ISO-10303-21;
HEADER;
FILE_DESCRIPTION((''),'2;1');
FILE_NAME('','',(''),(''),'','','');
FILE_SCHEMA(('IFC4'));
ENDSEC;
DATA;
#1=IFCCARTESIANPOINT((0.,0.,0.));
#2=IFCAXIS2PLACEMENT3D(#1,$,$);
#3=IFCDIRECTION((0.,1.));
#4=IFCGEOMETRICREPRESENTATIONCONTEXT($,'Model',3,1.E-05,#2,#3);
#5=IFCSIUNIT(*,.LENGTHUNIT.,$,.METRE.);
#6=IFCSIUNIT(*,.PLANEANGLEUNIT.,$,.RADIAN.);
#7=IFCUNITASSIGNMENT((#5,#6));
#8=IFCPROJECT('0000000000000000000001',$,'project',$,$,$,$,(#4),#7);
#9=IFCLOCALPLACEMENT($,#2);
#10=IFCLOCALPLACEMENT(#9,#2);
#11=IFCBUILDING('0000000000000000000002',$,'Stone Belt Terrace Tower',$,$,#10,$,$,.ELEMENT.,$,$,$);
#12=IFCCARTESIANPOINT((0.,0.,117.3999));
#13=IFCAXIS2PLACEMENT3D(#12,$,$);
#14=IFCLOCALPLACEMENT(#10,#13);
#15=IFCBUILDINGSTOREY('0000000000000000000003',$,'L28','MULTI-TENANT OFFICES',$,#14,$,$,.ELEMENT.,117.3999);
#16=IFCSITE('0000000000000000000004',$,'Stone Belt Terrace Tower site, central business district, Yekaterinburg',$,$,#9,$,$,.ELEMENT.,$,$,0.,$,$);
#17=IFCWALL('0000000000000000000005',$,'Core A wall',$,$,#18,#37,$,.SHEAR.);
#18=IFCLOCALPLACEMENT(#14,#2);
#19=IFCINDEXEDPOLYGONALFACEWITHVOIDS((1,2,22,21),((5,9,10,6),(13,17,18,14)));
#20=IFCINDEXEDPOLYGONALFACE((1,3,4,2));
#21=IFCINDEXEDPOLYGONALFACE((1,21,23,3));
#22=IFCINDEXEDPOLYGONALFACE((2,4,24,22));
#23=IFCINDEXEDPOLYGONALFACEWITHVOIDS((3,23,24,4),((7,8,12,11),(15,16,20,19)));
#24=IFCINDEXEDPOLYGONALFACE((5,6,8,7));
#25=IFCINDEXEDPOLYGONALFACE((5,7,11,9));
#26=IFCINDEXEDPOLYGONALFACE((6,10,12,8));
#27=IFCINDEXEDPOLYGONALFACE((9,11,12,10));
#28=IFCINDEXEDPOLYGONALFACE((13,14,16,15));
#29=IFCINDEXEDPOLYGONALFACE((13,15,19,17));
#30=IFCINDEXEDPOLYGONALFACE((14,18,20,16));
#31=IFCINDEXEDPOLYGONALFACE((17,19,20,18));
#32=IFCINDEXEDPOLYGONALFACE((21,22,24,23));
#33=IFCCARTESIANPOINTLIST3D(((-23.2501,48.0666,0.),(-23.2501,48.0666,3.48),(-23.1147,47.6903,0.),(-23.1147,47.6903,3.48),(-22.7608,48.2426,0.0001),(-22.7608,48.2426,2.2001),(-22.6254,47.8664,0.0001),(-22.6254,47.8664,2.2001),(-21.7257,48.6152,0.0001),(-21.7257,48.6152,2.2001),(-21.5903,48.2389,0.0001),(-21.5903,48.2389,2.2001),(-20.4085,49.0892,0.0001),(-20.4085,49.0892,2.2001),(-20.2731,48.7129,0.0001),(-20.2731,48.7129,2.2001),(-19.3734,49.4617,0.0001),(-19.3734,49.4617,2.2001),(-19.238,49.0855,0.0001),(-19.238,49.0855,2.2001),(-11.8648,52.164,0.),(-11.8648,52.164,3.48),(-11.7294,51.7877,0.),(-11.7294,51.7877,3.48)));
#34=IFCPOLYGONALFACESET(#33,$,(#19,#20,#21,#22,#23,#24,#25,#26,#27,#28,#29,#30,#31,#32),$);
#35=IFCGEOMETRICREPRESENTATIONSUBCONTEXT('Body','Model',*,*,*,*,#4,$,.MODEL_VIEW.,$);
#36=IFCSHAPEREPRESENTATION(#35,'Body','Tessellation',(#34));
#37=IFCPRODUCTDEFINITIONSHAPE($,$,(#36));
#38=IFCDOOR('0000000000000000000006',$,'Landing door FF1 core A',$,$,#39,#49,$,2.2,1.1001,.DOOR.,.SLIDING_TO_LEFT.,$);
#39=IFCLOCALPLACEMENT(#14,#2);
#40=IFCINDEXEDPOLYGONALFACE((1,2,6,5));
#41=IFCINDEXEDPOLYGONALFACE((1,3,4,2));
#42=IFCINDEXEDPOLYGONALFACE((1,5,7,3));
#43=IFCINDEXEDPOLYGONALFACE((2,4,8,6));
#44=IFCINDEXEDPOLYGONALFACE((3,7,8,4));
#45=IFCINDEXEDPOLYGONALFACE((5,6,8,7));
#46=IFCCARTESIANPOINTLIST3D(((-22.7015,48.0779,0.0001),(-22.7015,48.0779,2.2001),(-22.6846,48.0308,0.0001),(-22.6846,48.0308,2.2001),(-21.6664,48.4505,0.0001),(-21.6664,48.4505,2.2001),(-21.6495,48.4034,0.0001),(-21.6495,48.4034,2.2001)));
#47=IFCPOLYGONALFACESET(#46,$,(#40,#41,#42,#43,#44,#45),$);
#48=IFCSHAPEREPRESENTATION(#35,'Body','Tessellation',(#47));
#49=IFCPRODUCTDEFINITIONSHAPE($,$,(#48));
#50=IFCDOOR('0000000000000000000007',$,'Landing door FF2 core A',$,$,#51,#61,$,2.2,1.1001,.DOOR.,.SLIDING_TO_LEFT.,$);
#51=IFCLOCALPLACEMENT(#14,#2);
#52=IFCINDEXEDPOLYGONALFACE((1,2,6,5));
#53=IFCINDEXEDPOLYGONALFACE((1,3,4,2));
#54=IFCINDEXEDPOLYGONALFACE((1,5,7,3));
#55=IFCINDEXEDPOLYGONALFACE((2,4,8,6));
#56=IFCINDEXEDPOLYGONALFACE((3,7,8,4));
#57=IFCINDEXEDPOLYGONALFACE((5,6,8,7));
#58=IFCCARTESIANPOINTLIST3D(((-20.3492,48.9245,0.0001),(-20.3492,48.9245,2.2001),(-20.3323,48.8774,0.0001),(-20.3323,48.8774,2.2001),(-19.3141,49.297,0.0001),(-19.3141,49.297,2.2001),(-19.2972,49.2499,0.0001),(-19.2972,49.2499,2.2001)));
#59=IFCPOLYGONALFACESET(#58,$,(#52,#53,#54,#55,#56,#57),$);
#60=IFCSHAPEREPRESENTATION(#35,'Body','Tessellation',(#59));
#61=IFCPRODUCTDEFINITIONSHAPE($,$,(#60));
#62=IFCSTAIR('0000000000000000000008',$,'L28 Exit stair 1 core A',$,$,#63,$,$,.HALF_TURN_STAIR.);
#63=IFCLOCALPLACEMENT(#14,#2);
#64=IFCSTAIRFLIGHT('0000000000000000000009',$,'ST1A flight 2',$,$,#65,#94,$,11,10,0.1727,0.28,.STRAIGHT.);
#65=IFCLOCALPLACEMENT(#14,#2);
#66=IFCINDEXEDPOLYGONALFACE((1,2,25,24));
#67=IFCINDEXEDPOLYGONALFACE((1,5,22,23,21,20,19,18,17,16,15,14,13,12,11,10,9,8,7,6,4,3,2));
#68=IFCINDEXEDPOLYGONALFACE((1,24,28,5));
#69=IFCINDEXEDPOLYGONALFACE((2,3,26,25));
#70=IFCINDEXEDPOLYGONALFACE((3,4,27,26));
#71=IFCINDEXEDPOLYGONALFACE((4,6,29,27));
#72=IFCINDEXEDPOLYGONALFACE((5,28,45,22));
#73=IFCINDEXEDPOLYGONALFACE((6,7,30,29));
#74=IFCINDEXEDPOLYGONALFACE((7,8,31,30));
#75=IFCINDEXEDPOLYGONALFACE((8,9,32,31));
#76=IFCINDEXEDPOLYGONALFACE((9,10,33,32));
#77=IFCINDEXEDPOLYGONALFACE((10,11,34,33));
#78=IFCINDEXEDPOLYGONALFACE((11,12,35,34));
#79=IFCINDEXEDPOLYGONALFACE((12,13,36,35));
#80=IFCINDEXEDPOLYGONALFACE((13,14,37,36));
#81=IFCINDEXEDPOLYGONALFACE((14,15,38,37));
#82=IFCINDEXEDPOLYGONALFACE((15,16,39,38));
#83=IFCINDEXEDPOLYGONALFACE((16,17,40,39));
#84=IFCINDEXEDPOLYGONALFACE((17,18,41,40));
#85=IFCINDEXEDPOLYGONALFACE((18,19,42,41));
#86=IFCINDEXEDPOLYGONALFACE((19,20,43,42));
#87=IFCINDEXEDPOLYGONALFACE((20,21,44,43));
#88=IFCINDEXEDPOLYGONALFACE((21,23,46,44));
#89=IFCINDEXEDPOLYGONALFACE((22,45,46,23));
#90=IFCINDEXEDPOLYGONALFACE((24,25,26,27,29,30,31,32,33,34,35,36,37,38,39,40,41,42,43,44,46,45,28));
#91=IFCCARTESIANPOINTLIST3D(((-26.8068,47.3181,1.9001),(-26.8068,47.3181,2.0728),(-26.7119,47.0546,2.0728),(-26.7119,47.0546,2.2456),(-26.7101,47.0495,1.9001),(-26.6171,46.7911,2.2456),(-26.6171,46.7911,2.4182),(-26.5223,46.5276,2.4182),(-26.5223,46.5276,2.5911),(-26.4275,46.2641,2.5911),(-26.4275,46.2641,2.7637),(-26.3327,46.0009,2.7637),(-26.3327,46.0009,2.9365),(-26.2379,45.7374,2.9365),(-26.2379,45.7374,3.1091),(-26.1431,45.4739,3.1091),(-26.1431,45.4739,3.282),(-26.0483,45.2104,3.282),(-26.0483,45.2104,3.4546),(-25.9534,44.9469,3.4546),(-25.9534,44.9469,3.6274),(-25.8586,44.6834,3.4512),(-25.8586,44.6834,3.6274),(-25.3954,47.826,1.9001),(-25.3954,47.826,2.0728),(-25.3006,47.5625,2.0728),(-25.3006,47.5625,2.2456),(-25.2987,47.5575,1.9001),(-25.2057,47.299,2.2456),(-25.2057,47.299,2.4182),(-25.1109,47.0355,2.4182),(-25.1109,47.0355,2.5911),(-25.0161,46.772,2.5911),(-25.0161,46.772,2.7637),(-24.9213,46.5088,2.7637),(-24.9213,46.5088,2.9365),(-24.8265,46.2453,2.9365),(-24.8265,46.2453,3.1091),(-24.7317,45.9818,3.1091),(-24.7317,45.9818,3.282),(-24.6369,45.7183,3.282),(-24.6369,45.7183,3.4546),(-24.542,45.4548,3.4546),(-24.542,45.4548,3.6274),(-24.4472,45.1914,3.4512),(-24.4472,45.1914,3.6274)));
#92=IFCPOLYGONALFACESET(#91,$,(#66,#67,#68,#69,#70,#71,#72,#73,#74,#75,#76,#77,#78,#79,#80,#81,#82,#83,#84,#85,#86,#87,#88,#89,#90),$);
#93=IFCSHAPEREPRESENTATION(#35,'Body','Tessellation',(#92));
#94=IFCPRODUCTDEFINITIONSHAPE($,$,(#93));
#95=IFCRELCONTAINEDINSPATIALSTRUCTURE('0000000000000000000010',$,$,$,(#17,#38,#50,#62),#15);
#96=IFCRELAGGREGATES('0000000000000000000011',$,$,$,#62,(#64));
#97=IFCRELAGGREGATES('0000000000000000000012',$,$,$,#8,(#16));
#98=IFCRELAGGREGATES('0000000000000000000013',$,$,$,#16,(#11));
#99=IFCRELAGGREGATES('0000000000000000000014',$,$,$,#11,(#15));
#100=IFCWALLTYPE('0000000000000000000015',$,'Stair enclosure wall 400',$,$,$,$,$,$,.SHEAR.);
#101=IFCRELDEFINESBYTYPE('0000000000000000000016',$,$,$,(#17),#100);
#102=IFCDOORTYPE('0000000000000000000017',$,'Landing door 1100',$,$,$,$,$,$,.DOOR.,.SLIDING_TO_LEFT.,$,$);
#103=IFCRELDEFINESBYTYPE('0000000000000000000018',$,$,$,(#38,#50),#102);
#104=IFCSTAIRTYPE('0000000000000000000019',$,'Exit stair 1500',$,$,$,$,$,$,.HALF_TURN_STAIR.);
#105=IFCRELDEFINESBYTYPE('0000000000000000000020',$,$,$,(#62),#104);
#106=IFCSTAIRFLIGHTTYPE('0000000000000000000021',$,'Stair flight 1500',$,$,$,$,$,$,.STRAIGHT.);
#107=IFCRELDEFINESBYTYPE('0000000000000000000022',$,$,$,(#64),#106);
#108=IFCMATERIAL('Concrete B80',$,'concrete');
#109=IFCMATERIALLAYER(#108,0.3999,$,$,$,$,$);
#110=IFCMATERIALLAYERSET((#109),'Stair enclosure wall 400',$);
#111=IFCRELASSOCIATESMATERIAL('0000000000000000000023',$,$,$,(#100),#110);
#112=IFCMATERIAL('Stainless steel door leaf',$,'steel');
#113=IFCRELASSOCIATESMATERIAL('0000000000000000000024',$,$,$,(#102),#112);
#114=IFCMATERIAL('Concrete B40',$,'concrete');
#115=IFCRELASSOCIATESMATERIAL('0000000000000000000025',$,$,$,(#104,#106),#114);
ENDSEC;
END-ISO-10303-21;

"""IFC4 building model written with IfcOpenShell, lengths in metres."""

from ifc_helpers import new_model, si_unit, direction, frame, frame_2d, origin, place, context, subcontext, project, spatial, polyline, rectangle, outline, extrude, material, layer, layer_set, type_object, element, fill, aggregate, save


model = new_model("IFC4")

# Units and contexts
model_context = context("Model", 3, precision=1e-05, world=origin(), true_north=direction((0.0, 1.0)))
body_context = subcontext(model_context, "Body", "Model", "MODEL_VIEW")
ifc_project = project(units=[si_unit("LENGTHUNIT", "METRE"), si_unit("PLANEANGLEUNIT", "RADIAN")], contexts=[model_context])

# Site, building, storey
site_placement = place(None, origin())
site = spatial("IfcSite", under=ifc_project, at=site_placement, Name="Stone Belt Terrace Tower site, central business district, Yekaterinburg", CompositionType="ELEMENT", RefElevation=0.0)
building_placement = place(site_placement, origin())
building = spatial("IfcBuilding", under=site, at=building_placement, Name="Stone Belt Terrace Tower", CompositionType="ELEMENT")
storey_placement = place(building_placement, frame((0.0, 0.0, 117.3999)))
storey = spatial("IfcBuildingStorey", under=building, at=storey_placement, Name="L28", Description="MULTI-TENANT OFFICES", CompositionType="ELEMENT", Elevation=117.3999)

# Shared definitions
ifc_material_1 = material(Name="Concrete B80", Category="concrete")

# Shared definitions
ifc_material_2 = material(Name="Stainless steel door leaf", Category="steel")

# Shared definitions
ifc_layer_1 = layer(ifc_material_1, 0.3999)
ifc_layer_set_1 = layer_set([ifc_layer_1], Name="Stair enclosure wall 400")
wall_type_1 = type_object("IfcWallType", Name="Stair enclosure wall 400", PredefinedType="SHEAR", material=ifc_layer_set_1)

# Wall, openings, doors
wall_1_placement = place(storey_placement, frame((-23.1824, 47.8784, 0.0), z_axis=(0.0, 0.0, 1.0), x_axis=(0.940921, 0.338626, 0.0)))
wall_1 = element("IfcWall", 1, at=wall_1_placement, inside=storey, type_object=wall_type_1, Name="Core A wall", PredefinedType="SHEAR", context=body_context, shape_type="SweptSolid", body=[
    extrude(rectangle(XDim=12.1001, YDim=0.3999, at=frame_2d((6.05, 0.0))), origin(), (0.0, 0.0, 1.0), 3.48),
])
opening_1_placement = place(wall_1_placement, frame((0.52, 0.0, 0.0)))
opening_1 = element("IfcOpeningElement", 2, at=opening_1_placement, cuts=wall_1, PredefinedType="OPENING", context=body_context, shape_type="SweptSolid", body=[
    extrude(rectangle(XDim=1.1001, YDim=2.2, at=frame_2d((0.55, 1.1001))), frame((0.0, 0.21, 0.0), z_axis=(0.0, -1.0, 0.0), x_axis=(1.0, 0.0, 0.0)), (0.0, 0.0, 1.0), 0.4199),
])
opening_2_placement = place(wall_1_placement, frame((3.02, 0.0, 0.0)))
opening_2 = element("IfcOpeningElement", 3, at=opening_2_placement, cuts=wall_1, PredefinedType="OPENING", context=body_context, shape_type="SweptSolid", body=[
    extrude(rectangle(XDim=1.1001, YDim=2.2, at=frame_2d((0.55, 1.1001))), frame((0.0, 0.21, 0.0), z_axis=(0.0, -1.0, 0.0), x_axis=(1.0, 0.0, 0.0)), (0.0, 0.0, 1.0), 0.4199),
])
door_type_1 = type_object("IfcDoorType", Name="Landing door 1100", OperationType="SLIDING_TO_LEFT", PredefinedType="DOOR", material=ifc_material_2)
door_1_placement = place(opening_1_placement, origin())
door_1 = element("IfcDoor", 4, at=door_1_placement, inside=storey, type_object=door_type_1, Name="Landing door FF1 core A", OperationType="SLIDING_TO_LEFT", OverallHeight=2.2, OverallWidth=1.1001, PredefinedType="DOOR", context=body_context, shape_type="SweptSolid", body=[
    extrude(rectangle(XDim=1.1001, YDim=2.2, at=frame_2d((0.55, 1.1001))), frame((0.0, 0.0249, 0.0), z_axis=(0.0, -1.0, 0.0), x_axis=(1.0, 0.0, 0.0)), (0.0, 0.0, 1.0), 0.05),
])
fill(opening_1, door_1)
door_2_placement = place(opening_2_placement, origin())
door_2 = element("IfcDoor", 5, at=door_2_placement, inside=storey, type_object=door_type_1, Name="Landing door FF2 core A", OperationType="SLIDING_TO_LEFT", OverallHeight=2.2, OverallWidth=1.1001, PredefinedType="DOOR", context=body_context, shape_type="SweptSolid", body=[
    extrude(rectangle(XDim=1.1001, YDim=2.2, at=frame_2d((0.55, 1.1001))), frame((0.0, 0.0249, 0.0), z_axis=(0.0, -1.0, 0.0), x_axis=(1.0, 0.0, 0.0)), (0.0, 0.0, 1.0), 0.05),
])
fill(opening_2, door_2)

# Stair, stair flight
ifc_material_3 = material(Name="Concrete B40", Category="concrete")
stair_type = type_object("IfcStairType", Name="Exit stair 1500", PredefinedType="HALF_TURN_STAIR", material=ifc_material_3)
stair_placement = place(storey_placement, origin())
stair = element("IfcStair", 6, at=stair_placement, inside=storey, type_object=stair_type, Name="L28 Exit stair 1 core A", PredefinedType="HALF_TURN_STAIR")
stair_flight_type = type_object("IfcStairFlightType", Name="Stair flight 1500", PredefinedType="STRAIGHT", material=ifc_material_3)
stair_flight_placement = place(storey_placement, frame((-26.1011, 47.572, 1.9001), z_axis=(0.0, 0.0, 1.0), x_axis=(0.338624, -0.940922, 0.0)))
stair_flight = element("IfcStairFlight", 7, at=stair_flight_placement, type_object=stair_flight_type, Name="ST1A flight 2", NumberOfRisers=11, NumberOfTreads=10, PredefinedType="STRAIGHT", RiserHeight=0.1727, TreadLength=0.28, context=body_context, shape_type="SweptSolid", body=[
    extrude(outline(polyline([(0.0, 0.0), (0.0, 0.1726), (0.28, 0.1726), (0.28, 0.3455), (0.5601, 0.3455), (0.5601, 0.5181), (0.8401, 0.5181), (0.8401, 0.6909), (1.1201, 0.6909), (1.1201, 0.8635), (1.3999, 0.8635), (1.3999, 1.0364), (1.6799, 1.0364), (1.6799, 1.209), (1.96, 1.209), (1.96, 1.3818), (2.24, 1.3818), (2.24, 1.5544), (2.52, 1.5544), (2.52, 1.7273), (2.8, 1.7273), (2.8, 1.8999), (2.8, 1.551), (0.2854, 0.0), (0.0, 0.0)])), frame((0.0, 0.75, 0.0), z_axis=(0.0, -1.0, 0.0), x_axis=(1.0, 0.0, 0.0)), (0.0, 0.0, 1.0), 1.5),
])
aggregate(stair, [stair_flight])

save(model, "model.ifc")
